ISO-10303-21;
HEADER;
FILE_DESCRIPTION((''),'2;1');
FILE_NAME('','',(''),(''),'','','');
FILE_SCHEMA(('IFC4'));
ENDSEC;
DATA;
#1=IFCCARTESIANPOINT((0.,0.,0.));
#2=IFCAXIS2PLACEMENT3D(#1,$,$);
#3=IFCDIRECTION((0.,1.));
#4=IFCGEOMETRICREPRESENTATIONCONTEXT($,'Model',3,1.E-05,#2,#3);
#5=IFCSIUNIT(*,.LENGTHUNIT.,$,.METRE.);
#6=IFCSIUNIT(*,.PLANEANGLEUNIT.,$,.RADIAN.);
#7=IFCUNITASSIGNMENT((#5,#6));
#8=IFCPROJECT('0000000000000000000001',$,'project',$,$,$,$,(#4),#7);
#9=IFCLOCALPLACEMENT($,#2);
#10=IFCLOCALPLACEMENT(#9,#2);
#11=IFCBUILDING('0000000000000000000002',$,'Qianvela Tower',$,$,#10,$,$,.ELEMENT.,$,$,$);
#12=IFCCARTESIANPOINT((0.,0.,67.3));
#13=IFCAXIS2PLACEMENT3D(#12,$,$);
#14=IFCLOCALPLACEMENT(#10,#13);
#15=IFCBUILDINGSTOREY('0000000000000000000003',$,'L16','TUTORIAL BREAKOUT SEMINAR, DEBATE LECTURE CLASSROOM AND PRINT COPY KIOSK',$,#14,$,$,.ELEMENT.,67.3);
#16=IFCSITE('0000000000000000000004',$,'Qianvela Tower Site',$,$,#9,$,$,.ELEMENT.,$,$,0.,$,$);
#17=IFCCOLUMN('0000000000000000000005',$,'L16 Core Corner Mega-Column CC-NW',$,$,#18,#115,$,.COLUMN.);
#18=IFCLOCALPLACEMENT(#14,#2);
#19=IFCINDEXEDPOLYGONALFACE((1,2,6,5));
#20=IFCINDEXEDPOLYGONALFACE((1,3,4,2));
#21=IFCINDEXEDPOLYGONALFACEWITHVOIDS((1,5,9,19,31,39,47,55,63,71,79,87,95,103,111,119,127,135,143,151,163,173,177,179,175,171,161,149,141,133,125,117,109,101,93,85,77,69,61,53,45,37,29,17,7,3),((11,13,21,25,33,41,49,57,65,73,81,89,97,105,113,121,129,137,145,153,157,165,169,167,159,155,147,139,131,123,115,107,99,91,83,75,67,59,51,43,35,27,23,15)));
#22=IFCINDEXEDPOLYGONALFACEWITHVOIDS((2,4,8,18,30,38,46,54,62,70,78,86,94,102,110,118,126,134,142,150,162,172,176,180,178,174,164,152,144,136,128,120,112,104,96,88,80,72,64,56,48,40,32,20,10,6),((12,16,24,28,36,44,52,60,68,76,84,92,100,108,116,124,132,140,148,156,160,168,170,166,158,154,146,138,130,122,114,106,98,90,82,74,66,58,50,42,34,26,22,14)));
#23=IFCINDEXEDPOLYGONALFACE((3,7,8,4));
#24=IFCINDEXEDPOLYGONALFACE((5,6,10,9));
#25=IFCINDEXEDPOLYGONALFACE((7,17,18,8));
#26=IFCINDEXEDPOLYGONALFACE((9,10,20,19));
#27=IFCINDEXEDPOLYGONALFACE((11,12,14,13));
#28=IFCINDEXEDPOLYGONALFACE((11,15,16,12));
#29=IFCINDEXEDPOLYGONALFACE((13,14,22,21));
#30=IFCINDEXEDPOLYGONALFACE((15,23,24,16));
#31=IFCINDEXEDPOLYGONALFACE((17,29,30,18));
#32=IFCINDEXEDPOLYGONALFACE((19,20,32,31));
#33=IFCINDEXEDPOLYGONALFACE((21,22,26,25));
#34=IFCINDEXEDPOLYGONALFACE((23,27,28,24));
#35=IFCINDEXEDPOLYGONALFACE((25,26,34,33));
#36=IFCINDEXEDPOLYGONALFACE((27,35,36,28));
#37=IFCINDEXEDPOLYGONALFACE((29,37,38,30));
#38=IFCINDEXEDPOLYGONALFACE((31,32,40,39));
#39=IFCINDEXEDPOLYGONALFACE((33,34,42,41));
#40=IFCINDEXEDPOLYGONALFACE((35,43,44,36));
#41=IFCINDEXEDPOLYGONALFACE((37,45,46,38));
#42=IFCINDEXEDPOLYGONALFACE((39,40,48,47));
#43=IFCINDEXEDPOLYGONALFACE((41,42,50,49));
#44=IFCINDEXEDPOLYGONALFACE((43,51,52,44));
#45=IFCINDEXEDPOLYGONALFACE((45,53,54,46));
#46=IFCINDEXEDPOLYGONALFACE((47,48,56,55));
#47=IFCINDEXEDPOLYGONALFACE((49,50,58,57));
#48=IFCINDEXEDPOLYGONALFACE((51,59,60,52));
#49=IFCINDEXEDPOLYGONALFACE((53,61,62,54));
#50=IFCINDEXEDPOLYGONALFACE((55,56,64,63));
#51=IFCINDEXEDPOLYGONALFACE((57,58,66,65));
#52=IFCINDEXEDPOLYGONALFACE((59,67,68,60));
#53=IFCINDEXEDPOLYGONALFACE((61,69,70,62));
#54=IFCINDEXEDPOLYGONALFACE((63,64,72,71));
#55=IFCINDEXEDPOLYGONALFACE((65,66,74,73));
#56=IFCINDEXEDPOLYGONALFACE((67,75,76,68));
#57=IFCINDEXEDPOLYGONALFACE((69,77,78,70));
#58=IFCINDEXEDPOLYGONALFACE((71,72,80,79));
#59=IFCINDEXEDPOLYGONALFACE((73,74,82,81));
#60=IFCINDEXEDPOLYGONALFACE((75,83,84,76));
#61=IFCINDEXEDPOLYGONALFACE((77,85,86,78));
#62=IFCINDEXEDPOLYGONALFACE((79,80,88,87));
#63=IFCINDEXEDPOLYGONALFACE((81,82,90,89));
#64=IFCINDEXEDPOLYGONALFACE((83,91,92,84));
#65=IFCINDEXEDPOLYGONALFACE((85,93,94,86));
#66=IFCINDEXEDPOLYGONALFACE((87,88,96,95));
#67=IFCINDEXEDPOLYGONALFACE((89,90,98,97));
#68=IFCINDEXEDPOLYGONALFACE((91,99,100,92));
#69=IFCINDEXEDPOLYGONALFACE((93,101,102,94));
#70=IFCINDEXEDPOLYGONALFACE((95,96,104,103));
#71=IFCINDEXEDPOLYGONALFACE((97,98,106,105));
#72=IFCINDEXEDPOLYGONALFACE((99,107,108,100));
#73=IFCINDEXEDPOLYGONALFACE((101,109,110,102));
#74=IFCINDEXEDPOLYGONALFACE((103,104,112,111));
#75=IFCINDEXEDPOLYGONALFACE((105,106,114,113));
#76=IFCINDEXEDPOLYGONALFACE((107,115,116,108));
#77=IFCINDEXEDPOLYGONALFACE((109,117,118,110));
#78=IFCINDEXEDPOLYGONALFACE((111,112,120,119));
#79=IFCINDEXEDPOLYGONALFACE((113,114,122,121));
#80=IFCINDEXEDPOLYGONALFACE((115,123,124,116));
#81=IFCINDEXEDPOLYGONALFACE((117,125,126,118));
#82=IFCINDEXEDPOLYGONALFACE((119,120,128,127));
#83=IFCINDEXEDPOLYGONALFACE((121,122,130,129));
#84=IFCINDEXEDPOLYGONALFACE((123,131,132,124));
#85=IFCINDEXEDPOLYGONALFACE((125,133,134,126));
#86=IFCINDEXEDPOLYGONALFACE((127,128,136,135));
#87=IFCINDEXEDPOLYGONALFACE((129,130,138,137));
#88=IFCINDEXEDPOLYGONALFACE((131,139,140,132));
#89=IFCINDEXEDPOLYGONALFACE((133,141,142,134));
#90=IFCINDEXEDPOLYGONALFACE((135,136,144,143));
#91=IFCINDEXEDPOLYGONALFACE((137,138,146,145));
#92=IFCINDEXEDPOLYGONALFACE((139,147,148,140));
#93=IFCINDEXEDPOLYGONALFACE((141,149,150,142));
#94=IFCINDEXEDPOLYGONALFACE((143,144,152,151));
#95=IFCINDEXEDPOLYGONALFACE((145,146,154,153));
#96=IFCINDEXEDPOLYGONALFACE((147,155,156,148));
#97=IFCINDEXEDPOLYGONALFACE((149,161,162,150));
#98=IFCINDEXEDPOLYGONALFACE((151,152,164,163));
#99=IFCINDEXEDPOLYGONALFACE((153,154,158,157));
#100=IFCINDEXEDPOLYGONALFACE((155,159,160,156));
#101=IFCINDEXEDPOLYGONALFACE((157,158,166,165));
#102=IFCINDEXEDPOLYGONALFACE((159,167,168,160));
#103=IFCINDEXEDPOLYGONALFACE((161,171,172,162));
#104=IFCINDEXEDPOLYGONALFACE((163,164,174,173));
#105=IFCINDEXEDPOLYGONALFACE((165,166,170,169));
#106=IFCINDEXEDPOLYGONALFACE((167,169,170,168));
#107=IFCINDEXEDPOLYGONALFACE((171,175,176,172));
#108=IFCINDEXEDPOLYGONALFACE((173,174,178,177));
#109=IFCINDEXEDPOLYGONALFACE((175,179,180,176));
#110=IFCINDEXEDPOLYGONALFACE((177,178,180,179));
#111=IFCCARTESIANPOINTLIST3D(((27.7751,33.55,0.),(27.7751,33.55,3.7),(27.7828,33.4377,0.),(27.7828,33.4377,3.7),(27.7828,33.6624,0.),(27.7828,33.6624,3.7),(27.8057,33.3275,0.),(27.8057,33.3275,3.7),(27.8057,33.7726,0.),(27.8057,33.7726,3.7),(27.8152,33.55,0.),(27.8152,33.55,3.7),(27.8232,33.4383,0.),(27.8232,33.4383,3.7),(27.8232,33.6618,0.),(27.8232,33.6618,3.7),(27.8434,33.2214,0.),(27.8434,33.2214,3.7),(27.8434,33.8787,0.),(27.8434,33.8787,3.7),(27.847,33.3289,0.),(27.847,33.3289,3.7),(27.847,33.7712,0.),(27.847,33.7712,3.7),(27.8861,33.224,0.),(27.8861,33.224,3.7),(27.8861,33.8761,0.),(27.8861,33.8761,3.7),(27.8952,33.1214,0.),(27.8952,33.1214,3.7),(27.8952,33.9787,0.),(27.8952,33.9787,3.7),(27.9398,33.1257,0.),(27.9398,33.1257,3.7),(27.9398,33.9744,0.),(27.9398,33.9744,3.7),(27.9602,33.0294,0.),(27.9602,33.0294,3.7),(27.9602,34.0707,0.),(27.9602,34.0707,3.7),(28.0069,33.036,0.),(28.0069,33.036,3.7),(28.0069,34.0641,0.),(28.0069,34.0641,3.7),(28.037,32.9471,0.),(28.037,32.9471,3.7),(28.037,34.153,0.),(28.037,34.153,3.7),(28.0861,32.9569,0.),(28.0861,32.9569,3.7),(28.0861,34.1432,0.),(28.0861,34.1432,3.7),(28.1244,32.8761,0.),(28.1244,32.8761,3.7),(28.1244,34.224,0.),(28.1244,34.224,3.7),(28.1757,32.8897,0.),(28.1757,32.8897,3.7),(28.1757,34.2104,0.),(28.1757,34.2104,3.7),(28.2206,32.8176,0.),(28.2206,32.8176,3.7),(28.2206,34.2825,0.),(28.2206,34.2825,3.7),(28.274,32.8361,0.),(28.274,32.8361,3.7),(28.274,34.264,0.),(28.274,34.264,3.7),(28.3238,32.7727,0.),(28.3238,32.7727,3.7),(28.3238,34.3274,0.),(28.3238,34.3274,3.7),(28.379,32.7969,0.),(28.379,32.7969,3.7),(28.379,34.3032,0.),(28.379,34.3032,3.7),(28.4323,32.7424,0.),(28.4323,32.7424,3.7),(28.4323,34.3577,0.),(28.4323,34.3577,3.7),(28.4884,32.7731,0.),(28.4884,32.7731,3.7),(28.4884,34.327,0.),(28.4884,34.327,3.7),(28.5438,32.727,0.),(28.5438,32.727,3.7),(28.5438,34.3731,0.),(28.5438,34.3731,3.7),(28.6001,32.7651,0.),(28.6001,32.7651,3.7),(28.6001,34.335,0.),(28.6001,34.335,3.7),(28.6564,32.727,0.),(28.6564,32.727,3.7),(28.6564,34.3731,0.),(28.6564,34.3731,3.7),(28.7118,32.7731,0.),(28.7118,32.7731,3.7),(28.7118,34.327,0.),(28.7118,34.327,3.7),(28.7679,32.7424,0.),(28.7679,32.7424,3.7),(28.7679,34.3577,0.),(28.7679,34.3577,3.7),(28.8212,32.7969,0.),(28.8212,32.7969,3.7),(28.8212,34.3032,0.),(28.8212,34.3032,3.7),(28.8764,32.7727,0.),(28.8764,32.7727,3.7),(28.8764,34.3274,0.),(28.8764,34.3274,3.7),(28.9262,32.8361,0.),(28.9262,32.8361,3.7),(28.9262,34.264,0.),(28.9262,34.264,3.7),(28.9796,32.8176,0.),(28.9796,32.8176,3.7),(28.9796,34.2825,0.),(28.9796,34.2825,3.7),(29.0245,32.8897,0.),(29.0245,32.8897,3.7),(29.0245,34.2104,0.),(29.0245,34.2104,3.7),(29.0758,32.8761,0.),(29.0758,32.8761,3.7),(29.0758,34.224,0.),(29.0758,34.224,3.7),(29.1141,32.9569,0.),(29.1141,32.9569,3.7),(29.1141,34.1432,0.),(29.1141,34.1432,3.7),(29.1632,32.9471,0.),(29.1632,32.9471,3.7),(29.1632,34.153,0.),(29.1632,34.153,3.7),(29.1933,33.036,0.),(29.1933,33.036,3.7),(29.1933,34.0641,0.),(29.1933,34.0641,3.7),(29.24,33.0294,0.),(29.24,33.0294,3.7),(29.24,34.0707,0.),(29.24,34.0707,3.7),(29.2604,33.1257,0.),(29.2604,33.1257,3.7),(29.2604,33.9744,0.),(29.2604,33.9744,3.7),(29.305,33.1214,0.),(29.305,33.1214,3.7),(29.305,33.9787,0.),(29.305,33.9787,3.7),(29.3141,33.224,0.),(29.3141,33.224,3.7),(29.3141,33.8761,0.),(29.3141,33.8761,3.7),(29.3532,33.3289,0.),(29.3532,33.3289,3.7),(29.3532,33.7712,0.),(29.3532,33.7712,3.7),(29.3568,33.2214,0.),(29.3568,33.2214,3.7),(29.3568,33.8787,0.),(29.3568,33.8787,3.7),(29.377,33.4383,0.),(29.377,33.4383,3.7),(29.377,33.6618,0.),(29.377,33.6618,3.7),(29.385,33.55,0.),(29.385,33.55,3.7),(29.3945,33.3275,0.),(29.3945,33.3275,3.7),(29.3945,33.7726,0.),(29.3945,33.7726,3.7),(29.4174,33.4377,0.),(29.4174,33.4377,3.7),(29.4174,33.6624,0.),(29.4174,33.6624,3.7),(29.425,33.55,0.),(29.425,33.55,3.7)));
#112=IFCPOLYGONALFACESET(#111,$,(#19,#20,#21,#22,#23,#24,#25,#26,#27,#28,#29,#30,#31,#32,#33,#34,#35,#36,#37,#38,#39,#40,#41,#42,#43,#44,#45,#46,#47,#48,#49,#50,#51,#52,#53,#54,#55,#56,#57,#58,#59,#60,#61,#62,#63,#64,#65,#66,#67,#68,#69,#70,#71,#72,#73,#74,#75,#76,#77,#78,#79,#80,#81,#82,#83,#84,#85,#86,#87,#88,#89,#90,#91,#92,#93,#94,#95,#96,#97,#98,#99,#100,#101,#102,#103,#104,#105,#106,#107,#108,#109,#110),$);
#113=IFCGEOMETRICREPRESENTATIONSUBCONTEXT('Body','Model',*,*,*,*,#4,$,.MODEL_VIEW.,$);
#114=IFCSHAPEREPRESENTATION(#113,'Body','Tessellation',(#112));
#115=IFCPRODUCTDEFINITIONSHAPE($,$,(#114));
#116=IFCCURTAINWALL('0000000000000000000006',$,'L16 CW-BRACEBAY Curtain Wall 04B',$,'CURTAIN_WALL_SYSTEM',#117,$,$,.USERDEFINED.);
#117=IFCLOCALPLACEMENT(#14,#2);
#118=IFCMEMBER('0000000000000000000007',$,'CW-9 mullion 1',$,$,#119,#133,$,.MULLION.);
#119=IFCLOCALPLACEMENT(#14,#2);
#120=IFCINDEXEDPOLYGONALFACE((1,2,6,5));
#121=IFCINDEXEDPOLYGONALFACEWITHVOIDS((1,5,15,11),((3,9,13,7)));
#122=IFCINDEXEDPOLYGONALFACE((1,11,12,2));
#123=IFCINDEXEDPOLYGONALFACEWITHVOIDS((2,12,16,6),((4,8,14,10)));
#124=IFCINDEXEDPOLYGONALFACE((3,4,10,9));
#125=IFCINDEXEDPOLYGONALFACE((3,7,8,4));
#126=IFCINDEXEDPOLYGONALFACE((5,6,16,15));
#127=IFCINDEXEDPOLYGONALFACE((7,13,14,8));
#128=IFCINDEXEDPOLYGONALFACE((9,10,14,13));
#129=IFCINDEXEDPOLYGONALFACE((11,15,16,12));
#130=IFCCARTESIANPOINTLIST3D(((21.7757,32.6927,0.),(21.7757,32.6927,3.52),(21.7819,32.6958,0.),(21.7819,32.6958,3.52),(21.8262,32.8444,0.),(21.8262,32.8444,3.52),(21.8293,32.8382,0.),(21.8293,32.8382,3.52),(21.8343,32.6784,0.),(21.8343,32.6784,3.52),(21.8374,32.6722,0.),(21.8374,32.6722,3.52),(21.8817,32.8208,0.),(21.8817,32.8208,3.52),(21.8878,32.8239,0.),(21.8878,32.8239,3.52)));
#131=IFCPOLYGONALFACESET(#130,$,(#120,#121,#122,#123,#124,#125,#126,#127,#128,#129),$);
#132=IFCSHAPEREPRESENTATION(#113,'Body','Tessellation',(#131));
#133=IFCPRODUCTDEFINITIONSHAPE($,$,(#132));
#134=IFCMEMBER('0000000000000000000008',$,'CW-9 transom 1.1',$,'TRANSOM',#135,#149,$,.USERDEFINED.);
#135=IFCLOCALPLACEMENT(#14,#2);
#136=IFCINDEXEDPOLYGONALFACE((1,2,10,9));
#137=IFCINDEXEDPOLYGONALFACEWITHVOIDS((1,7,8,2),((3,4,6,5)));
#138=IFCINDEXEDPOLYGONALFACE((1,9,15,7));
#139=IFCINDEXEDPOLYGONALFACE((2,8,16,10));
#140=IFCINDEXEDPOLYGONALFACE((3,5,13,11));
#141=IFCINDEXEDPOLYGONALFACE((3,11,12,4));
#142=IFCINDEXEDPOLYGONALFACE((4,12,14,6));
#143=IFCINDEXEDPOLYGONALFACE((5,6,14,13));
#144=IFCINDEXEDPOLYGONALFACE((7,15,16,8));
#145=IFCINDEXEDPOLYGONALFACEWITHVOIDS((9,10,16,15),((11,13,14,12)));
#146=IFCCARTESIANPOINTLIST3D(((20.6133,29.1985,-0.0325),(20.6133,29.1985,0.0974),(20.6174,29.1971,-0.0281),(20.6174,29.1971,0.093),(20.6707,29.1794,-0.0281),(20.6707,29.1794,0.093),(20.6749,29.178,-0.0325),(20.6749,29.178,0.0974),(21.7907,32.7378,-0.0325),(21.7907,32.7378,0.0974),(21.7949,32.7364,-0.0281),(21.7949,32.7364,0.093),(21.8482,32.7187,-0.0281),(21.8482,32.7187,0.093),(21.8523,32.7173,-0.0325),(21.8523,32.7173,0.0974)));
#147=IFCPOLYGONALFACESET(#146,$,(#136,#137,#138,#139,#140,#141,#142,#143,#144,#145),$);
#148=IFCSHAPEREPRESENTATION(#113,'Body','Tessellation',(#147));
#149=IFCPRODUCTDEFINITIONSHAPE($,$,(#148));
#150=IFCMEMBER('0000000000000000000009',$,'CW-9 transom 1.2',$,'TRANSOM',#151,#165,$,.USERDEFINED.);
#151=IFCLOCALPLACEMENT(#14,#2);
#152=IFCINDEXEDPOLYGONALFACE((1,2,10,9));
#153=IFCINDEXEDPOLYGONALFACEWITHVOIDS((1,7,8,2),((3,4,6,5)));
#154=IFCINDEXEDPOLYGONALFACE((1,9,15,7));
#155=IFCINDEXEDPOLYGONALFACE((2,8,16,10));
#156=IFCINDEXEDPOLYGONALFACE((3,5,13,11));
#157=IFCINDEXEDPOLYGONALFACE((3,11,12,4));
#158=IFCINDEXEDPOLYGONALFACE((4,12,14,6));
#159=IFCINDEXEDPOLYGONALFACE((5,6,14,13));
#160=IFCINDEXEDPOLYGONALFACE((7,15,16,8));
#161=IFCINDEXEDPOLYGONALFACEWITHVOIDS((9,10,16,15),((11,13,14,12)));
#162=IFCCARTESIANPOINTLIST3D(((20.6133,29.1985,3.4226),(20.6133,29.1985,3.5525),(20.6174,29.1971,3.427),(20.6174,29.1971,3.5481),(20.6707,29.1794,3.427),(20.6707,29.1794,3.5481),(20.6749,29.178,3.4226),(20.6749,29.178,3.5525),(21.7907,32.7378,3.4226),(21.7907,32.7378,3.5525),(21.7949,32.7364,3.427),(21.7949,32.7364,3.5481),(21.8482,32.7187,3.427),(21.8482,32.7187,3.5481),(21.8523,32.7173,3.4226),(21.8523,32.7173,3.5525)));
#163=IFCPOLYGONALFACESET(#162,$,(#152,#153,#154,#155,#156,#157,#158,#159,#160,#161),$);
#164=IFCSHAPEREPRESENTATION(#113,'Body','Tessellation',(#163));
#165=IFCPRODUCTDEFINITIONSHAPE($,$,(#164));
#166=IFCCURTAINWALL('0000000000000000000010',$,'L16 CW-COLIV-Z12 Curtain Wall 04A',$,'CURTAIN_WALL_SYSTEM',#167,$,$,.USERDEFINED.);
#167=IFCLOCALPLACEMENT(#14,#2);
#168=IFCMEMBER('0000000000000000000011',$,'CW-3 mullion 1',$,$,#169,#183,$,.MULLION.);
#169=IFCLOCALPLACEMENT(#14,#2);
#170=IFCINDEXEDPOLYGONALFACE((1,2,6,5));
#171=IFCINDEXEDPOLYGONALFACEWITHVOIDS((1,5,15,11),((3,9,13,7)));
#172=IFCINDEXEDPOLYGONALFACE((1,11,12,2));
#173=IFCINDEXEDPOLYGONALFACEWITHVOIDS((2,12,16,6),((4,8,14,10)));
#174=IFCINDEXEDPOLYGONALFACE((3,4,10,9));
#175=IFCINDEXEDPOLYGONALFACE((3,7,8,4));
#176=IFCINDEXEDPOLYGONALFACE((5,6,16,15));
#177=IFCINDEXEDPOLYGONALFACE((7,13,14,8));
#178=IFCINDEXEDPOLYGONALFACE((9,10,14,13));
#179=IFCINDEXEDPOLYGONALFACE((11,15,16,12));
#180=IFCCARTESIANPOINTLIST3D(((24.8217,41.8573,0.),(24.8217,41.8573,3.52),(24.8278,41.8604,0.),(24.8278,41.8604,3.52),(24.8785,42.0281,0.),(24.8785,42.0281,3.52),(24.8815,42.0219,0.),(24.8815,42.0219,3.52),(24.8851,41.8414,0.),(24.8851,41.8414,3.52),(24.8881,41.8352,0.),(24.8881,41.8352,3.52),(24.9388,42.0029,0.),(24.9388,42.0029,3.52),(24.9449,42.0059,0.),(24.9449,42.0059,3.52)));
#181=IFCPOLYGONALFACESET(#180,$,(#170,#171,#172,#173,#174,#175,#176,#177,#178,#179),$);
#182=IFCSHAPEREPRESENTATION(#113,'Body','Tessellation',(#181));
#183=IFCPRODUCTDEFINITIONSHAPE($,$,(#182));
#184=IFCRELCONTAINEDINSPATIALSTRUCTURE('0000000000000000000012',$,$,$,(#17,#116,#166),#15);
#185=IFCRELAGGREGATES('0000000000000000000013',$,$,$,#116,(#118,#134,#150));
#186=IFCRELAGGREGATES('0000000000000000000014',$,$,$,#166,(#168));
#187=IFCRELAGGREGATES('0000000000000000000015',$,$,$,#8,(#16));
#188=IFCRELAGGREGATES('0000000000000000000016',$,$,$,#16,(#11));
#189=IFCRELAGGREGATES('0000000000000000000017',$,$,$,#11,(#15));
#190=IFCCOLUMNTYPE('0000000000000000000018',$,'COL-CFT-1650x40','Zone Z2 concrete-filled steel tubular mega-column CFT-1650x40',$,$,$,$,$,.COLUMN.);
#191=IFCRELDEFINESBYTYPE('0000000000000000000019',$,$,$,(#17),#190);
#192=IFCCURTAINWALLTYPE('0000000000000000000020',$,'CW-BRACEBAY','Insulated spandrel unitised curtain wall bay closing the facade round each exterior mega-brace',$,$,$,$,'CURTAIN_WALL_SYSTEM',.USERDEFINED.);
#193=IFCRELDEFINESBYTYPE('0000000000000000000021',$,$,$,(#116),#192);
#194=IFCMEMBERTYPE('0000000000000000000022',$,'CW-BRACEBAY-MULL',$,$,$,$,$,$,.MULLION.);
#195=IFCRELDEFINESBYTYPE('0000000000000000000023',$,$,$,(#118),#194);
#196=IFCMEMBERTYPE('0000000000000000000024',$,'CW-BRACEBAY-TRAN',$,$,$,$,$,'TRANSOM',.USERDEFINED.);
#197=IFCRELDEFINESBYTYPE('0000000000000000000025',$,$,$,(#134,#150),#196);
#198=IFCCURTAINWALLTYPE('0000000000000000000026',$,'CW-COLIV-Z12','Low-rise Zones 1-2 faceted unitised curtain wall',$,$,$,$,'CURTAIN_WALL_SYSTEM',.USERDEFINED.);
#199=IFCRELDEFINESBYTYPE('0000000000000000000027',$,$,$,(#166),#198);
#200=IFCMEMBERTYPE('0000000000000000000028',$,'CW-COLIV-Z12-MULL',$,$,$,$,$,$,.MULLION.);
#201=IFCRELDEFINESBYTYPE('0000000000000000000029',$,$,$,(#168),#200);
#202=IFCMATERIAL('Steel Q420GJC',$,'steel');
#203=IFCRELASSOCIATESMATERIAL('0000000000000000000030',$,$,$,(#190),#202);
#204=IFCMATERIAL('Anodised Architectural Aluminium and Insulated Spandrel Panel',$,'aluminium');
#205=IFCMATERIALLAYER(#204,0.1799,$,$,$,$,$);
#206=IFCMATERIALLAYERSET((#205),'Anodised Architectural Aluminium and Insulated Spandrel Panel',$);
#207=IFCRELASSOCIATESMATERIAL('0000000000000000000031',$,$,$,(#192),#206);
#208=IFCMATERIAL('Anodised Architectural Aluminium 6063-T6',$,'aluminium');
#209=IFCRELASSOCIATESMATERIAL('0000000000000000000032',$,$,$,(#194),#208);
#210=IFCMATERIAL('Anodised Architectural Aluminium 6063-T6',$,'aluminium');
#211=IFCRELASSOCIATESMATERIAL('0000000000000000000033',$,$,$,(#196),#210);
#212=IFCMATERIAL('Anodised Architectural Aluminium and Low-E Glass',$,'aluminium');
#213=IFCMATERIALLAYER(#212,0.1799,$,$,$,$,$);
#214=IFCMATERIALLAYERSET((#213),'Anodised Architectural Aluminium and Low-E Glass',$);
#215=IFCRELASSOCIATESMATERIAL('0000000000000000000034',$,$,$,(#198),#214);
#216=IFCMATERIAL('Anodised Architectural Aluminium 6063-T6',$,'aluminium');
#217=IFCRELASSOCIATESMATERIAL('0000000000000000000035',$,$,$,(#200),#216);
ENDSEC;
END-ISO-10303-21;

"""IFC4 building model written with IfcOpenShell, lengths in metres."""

from ifc_helpers import new_model, si_unit, direction, frame, origin, origin_2d, place, context, subcontext, project, spatial, hollow_rectangle, hollow_circle, extrude, material, layer, layer_set, material_profile, profile_set, type_object, element, aggregate, save


model = new_model("IFC4")

# Units and contexts
model_context = context("Model", 3, precision=1e-05, world=origin(), true_north=direction((0.0, 1.0)))
body_context = subcontext(model_context, "Body", "Model", "MODEL_VIEW")
ifc_project = project(units=[si_unit("LENGTHUNIT", "METRE"), si_unit("PLANEANGLEUNIT", "RADIAN")], contexts=[model_context])

# Site, building, storey
site_placement = place(None, origin())
site = spatial("IfcSite", under=ifc_project, at=site_placement, Name="Qianvela Tower Site", CompositionType="ELEMENT", RefElevation=0.0)
building_placement = place(site_placement, origin())
building = spatial("IfcBuilding", under=site, at=building_placement, Name="Qianvela Tower", CompositionType="ELEMENT")
storey_placement = place(building_placement, frame((0.0, 0.0, 67.3)))
storey = spatial("IfcBuildingStorey", under=building, at=storey_placement, Name="L16", Description="TUTORIAL BREAKOUT SEMINAR, DEBATE LECTURE CLASSROOM AND PRINT COPY KIOSK", CompositionType="ELEMENT", Elevation=67.3)

# Column
ifc_material_1 = material(Name="Steel Q420GJC", Category="steel")
ifc_material_profile_1 = material_profile(ifc_material_1, hollow_circle(Radius=0.825, WallThickness=0.04, at=origin_2d()), Name="CFT-1650x40")
ifc_profile_set_1 = profile_set([ifc_material_profile_1], Name="Steel Q420GJC")
column_type = type_object("IfcColumnType", Name="COL-CFT-1650x40", Description="Zone Z2 concrete-filled steel tubular mega-column CFT-1650x40", PredefinedType="COLUMN", material=ifc_profile_set_1)
column_placement = place(storey_placement, frame((28.6001, 33.55, 0.0), z_axis=(0.0, 0.0, 1.0), x_axis=(1.0, 0.0, 0.0)))
element("IfcColumn", 1, at=column_placement, inside=storey, type_object=column_type, Name="L16 Core Corner Mega-Column CC-NW", PredefinedType="COLUMN", context=body_context, shape_type="SweptSolid", body=[
    extrude(hollow_circle(Radius=0.825, WallThickness=0.04, at=origin_2d()), origin(), (0.0, 0.0, 1.0), 3.7),
])

# Curtain wall, members
ifc_material_2 = material(Name="Anodised Architectural Aluminium and Insulated Spandrel Panel", Category="aluminium")
ifc_layer_1 = layer(ifc_material_2, 0.1799)
ifc_layer_set_1 = layer_set([ifc_layer_1], Name="Anodised Architectural Aluminium and Insulated Spandrel Panel")
curtain_wall_type_1 = type_object("IfcCurtainWallType", Name="CW-BRACEBAY", Description="Insulated spandrel unitised curtain wall bay closing the facade round each exterior mega-brace", ElementType="CURTAIN_WALL_SYSTEM", PredefinedType="USERDEFINED", material=ifc_layer_set_1)
curtain_wall_1_placement = place(storey_placement, origin())
curtain_wall_1 = element("IfcCurtainWall", 2, at=curtain_wall_1_placement, inside=storey, type_object=curtain_wall_type_1, Name="L16 CW-BRACEBAY Curtain Wall 04B", ObjectType="CURTAIN_WALL_SYSTEM", PredefinedType="USERDEFINED")
ifc_material_3 = material(Name="Anodised Architectural Aluminium 6063-T6", Category="aluminium")
ifc_material_profile_2 = material_profile(ifc_material_3, hollow_rectangle(XDim=0.0649, YDim=0.1599, WallThickness=0.0049, at=origin_2d()), Name="ALU-MULL-65x160")
ifc_profile_set_2 = profile_set([ifc_material_profile_2], Name="Anodised Architectural Aluminium 6063-T6")
member_type_1 = type_object("IfcMemberType", Name="CW-BRACEBAY-MULL", PredefinedType="MULLION", material=ifc_profile_set_2)
member_1_placement = place(storey_placement, frame((21.8318, 32.7583, 0.0), z_axis=(0.0, 0.0, 1.0), x_axis=(0.948867, -0.315676, 0.0)))
member_1 = element("IfcMember", 3, at=member_1_placement, type_object=member_type_1, Name="CW-9 mullion 1", PredefinedType="MULLION", context=body_context, shape_type="SweptSolid", body=[
    extrude(hollow_rectangle(XDim=0.0649, YDim=0.1599, WallThickness=0.0049, at=origin_2d()), origin(), (0.0, 0.0, 1.0), 3.52),
])
ifc_material_4 = material(Name="Anodised Architectural Aluminium 6063-T6", Category="aluminium")
ifc_material_profile_3 = material_profile(ifc_material_4, hollow_rectangle(XDim=0.0649, YDim=0.1299, WallThickness=0.0044, at=origin_2d()), Name="ALU-TRAN-65x130")
ifc_profile_set_3 = profile_set([ifc_material_profile_3], Name="Anodised Architectural Aluminium 6063-T6")
member_type_2 = type_object("IfcMemberType", Name="CW-BRACEBAY-TRAN", ElementType="TRANSOM", PredefinedType="USERDEFINED", material=ifc_profile_set_3)
member_2_placement = place(storey_placement, frame((21.8215, 32.7275, 0.0325), z_axis=(-0.315678, -0.948866, 0.0), x_axis=(0.948866, -0.315678, 0.0)))
member_2 = element("IfcMember", 4, at=member_2_placement, type_object=member_type_2, Name="CW-9 transom 1.1", ObjectType="TRANSOM", PredefinedType="USERDEFINED", context=body_context, shape_type="SweptSolid", body=[
    extrude(hollow_rectangle(XDim=0.0649, YDim=0.1299, WallThickness=0.0044, at=origin_2d()), origin(), (0.0, 0.0, 1.0), 3.73),
])
member_3_placement = place(storey_placement, frame((21.8215, 32.7275, 3.4875), z_axis=(-0.315678, -0.948866, 0.0), x_axis=(0.948866, -0.315678, 0.0)))
member_3 = element("IfcMember", 5, at=member_3_placement, type_object=member_type_2, Name="CW-9 transom 1.2", ObjectType="TRANSOM", PredefinedType="USERDEFINED", context=body_context, shape_type="SweptSolid", body=[
    extrude(hollow_rectangle(XDim=0.0649, YDim=0.1299, WallThickness=0.0044, at=origin_2d()), origin(), (0.0, 0.0, 1.0), 3.73),
])
aggregate(curtain_wall_1, [member_1, member_2, member_3])

# Curtain wall, member
ifc_material_5 = material(Name="Anodised Architectural Aluminium and Low-E Glass", Category="aluminium")
ifc_layer_2 = layer(ifc_material_5, 0.1799)
ifc_layer_set_2 = layer_set([ifc_layer_2], Name="Anodised Architectural Aluminium and Low-E Glass")
curtain_wall_type_2 = type_object("IfcCurtainWallType", Name="CW-COLIV-Z12", Description="Low-rise Zones 1-2 faceted unitised curtain wall", ElementType="CURTAIN_WALL_SYSTEM", PredefinedType="USERDEFINED", material=ifc_layer_set_2)
curtain_wall_2_placement = place(storey_placement, origin())
curtain_wall_2 = element("IfcCurtainWall", 6, at=curtain_wall_2_placement, inside=storey, type_object=curtain_wall_type_2, Name="L16 CW-COLIV-Z12 Curtain Wall 04A", ObjectType="CURTAIN_WALL_SYSTEM", PredefinedType="USERDEFINED")
ifc_material_6 = material(Name="Anodised Architectural Aluminium 6063-T6", Category="aluminium")
ifc_material_profile_4 = material_profile(ifc_material_6, hollow_rectangle(XDim=0.0701, YDim=0.1799, WallThickness=0.0049, at=origin_2d()), Name="ALU-MULL-70x180")
ifc_profile_set_4 = profile_set([ifc_material_profile_4], Name="Anodised Architectural Aluminium 6063-T6")
member_type_3 = type_object("IfcMemberType", Name="CW-COLIV-Z12-MULL", PredefinedType="MULLION", material=ifc_profile_set_4)
member_4_placement = place(storey_placement, frame((24.8833, 41.9316, 0.0), z_axis=(0.0, 0.0, 1.0), x_axis=(0.948878, -0.315644, 0.0)))
member_4 = element("IfcMember", 7, at=member_4_placement, type_object=member_type_3, Name="CW-3 mullion 1", PredefinedType="MULLION", context=body_context, shape_type="SweptSolid", body=[
    extrude(hollow_rectangle(XDim=0.0701, YDim=0.1799, WallThickness=0.0049, at=origin_2d()), origin(), (0.0, 0.0, 1.0), 3.52),
])
aggregate(curtain_wall_2, [member_4])

save(model, "model.ifc")
